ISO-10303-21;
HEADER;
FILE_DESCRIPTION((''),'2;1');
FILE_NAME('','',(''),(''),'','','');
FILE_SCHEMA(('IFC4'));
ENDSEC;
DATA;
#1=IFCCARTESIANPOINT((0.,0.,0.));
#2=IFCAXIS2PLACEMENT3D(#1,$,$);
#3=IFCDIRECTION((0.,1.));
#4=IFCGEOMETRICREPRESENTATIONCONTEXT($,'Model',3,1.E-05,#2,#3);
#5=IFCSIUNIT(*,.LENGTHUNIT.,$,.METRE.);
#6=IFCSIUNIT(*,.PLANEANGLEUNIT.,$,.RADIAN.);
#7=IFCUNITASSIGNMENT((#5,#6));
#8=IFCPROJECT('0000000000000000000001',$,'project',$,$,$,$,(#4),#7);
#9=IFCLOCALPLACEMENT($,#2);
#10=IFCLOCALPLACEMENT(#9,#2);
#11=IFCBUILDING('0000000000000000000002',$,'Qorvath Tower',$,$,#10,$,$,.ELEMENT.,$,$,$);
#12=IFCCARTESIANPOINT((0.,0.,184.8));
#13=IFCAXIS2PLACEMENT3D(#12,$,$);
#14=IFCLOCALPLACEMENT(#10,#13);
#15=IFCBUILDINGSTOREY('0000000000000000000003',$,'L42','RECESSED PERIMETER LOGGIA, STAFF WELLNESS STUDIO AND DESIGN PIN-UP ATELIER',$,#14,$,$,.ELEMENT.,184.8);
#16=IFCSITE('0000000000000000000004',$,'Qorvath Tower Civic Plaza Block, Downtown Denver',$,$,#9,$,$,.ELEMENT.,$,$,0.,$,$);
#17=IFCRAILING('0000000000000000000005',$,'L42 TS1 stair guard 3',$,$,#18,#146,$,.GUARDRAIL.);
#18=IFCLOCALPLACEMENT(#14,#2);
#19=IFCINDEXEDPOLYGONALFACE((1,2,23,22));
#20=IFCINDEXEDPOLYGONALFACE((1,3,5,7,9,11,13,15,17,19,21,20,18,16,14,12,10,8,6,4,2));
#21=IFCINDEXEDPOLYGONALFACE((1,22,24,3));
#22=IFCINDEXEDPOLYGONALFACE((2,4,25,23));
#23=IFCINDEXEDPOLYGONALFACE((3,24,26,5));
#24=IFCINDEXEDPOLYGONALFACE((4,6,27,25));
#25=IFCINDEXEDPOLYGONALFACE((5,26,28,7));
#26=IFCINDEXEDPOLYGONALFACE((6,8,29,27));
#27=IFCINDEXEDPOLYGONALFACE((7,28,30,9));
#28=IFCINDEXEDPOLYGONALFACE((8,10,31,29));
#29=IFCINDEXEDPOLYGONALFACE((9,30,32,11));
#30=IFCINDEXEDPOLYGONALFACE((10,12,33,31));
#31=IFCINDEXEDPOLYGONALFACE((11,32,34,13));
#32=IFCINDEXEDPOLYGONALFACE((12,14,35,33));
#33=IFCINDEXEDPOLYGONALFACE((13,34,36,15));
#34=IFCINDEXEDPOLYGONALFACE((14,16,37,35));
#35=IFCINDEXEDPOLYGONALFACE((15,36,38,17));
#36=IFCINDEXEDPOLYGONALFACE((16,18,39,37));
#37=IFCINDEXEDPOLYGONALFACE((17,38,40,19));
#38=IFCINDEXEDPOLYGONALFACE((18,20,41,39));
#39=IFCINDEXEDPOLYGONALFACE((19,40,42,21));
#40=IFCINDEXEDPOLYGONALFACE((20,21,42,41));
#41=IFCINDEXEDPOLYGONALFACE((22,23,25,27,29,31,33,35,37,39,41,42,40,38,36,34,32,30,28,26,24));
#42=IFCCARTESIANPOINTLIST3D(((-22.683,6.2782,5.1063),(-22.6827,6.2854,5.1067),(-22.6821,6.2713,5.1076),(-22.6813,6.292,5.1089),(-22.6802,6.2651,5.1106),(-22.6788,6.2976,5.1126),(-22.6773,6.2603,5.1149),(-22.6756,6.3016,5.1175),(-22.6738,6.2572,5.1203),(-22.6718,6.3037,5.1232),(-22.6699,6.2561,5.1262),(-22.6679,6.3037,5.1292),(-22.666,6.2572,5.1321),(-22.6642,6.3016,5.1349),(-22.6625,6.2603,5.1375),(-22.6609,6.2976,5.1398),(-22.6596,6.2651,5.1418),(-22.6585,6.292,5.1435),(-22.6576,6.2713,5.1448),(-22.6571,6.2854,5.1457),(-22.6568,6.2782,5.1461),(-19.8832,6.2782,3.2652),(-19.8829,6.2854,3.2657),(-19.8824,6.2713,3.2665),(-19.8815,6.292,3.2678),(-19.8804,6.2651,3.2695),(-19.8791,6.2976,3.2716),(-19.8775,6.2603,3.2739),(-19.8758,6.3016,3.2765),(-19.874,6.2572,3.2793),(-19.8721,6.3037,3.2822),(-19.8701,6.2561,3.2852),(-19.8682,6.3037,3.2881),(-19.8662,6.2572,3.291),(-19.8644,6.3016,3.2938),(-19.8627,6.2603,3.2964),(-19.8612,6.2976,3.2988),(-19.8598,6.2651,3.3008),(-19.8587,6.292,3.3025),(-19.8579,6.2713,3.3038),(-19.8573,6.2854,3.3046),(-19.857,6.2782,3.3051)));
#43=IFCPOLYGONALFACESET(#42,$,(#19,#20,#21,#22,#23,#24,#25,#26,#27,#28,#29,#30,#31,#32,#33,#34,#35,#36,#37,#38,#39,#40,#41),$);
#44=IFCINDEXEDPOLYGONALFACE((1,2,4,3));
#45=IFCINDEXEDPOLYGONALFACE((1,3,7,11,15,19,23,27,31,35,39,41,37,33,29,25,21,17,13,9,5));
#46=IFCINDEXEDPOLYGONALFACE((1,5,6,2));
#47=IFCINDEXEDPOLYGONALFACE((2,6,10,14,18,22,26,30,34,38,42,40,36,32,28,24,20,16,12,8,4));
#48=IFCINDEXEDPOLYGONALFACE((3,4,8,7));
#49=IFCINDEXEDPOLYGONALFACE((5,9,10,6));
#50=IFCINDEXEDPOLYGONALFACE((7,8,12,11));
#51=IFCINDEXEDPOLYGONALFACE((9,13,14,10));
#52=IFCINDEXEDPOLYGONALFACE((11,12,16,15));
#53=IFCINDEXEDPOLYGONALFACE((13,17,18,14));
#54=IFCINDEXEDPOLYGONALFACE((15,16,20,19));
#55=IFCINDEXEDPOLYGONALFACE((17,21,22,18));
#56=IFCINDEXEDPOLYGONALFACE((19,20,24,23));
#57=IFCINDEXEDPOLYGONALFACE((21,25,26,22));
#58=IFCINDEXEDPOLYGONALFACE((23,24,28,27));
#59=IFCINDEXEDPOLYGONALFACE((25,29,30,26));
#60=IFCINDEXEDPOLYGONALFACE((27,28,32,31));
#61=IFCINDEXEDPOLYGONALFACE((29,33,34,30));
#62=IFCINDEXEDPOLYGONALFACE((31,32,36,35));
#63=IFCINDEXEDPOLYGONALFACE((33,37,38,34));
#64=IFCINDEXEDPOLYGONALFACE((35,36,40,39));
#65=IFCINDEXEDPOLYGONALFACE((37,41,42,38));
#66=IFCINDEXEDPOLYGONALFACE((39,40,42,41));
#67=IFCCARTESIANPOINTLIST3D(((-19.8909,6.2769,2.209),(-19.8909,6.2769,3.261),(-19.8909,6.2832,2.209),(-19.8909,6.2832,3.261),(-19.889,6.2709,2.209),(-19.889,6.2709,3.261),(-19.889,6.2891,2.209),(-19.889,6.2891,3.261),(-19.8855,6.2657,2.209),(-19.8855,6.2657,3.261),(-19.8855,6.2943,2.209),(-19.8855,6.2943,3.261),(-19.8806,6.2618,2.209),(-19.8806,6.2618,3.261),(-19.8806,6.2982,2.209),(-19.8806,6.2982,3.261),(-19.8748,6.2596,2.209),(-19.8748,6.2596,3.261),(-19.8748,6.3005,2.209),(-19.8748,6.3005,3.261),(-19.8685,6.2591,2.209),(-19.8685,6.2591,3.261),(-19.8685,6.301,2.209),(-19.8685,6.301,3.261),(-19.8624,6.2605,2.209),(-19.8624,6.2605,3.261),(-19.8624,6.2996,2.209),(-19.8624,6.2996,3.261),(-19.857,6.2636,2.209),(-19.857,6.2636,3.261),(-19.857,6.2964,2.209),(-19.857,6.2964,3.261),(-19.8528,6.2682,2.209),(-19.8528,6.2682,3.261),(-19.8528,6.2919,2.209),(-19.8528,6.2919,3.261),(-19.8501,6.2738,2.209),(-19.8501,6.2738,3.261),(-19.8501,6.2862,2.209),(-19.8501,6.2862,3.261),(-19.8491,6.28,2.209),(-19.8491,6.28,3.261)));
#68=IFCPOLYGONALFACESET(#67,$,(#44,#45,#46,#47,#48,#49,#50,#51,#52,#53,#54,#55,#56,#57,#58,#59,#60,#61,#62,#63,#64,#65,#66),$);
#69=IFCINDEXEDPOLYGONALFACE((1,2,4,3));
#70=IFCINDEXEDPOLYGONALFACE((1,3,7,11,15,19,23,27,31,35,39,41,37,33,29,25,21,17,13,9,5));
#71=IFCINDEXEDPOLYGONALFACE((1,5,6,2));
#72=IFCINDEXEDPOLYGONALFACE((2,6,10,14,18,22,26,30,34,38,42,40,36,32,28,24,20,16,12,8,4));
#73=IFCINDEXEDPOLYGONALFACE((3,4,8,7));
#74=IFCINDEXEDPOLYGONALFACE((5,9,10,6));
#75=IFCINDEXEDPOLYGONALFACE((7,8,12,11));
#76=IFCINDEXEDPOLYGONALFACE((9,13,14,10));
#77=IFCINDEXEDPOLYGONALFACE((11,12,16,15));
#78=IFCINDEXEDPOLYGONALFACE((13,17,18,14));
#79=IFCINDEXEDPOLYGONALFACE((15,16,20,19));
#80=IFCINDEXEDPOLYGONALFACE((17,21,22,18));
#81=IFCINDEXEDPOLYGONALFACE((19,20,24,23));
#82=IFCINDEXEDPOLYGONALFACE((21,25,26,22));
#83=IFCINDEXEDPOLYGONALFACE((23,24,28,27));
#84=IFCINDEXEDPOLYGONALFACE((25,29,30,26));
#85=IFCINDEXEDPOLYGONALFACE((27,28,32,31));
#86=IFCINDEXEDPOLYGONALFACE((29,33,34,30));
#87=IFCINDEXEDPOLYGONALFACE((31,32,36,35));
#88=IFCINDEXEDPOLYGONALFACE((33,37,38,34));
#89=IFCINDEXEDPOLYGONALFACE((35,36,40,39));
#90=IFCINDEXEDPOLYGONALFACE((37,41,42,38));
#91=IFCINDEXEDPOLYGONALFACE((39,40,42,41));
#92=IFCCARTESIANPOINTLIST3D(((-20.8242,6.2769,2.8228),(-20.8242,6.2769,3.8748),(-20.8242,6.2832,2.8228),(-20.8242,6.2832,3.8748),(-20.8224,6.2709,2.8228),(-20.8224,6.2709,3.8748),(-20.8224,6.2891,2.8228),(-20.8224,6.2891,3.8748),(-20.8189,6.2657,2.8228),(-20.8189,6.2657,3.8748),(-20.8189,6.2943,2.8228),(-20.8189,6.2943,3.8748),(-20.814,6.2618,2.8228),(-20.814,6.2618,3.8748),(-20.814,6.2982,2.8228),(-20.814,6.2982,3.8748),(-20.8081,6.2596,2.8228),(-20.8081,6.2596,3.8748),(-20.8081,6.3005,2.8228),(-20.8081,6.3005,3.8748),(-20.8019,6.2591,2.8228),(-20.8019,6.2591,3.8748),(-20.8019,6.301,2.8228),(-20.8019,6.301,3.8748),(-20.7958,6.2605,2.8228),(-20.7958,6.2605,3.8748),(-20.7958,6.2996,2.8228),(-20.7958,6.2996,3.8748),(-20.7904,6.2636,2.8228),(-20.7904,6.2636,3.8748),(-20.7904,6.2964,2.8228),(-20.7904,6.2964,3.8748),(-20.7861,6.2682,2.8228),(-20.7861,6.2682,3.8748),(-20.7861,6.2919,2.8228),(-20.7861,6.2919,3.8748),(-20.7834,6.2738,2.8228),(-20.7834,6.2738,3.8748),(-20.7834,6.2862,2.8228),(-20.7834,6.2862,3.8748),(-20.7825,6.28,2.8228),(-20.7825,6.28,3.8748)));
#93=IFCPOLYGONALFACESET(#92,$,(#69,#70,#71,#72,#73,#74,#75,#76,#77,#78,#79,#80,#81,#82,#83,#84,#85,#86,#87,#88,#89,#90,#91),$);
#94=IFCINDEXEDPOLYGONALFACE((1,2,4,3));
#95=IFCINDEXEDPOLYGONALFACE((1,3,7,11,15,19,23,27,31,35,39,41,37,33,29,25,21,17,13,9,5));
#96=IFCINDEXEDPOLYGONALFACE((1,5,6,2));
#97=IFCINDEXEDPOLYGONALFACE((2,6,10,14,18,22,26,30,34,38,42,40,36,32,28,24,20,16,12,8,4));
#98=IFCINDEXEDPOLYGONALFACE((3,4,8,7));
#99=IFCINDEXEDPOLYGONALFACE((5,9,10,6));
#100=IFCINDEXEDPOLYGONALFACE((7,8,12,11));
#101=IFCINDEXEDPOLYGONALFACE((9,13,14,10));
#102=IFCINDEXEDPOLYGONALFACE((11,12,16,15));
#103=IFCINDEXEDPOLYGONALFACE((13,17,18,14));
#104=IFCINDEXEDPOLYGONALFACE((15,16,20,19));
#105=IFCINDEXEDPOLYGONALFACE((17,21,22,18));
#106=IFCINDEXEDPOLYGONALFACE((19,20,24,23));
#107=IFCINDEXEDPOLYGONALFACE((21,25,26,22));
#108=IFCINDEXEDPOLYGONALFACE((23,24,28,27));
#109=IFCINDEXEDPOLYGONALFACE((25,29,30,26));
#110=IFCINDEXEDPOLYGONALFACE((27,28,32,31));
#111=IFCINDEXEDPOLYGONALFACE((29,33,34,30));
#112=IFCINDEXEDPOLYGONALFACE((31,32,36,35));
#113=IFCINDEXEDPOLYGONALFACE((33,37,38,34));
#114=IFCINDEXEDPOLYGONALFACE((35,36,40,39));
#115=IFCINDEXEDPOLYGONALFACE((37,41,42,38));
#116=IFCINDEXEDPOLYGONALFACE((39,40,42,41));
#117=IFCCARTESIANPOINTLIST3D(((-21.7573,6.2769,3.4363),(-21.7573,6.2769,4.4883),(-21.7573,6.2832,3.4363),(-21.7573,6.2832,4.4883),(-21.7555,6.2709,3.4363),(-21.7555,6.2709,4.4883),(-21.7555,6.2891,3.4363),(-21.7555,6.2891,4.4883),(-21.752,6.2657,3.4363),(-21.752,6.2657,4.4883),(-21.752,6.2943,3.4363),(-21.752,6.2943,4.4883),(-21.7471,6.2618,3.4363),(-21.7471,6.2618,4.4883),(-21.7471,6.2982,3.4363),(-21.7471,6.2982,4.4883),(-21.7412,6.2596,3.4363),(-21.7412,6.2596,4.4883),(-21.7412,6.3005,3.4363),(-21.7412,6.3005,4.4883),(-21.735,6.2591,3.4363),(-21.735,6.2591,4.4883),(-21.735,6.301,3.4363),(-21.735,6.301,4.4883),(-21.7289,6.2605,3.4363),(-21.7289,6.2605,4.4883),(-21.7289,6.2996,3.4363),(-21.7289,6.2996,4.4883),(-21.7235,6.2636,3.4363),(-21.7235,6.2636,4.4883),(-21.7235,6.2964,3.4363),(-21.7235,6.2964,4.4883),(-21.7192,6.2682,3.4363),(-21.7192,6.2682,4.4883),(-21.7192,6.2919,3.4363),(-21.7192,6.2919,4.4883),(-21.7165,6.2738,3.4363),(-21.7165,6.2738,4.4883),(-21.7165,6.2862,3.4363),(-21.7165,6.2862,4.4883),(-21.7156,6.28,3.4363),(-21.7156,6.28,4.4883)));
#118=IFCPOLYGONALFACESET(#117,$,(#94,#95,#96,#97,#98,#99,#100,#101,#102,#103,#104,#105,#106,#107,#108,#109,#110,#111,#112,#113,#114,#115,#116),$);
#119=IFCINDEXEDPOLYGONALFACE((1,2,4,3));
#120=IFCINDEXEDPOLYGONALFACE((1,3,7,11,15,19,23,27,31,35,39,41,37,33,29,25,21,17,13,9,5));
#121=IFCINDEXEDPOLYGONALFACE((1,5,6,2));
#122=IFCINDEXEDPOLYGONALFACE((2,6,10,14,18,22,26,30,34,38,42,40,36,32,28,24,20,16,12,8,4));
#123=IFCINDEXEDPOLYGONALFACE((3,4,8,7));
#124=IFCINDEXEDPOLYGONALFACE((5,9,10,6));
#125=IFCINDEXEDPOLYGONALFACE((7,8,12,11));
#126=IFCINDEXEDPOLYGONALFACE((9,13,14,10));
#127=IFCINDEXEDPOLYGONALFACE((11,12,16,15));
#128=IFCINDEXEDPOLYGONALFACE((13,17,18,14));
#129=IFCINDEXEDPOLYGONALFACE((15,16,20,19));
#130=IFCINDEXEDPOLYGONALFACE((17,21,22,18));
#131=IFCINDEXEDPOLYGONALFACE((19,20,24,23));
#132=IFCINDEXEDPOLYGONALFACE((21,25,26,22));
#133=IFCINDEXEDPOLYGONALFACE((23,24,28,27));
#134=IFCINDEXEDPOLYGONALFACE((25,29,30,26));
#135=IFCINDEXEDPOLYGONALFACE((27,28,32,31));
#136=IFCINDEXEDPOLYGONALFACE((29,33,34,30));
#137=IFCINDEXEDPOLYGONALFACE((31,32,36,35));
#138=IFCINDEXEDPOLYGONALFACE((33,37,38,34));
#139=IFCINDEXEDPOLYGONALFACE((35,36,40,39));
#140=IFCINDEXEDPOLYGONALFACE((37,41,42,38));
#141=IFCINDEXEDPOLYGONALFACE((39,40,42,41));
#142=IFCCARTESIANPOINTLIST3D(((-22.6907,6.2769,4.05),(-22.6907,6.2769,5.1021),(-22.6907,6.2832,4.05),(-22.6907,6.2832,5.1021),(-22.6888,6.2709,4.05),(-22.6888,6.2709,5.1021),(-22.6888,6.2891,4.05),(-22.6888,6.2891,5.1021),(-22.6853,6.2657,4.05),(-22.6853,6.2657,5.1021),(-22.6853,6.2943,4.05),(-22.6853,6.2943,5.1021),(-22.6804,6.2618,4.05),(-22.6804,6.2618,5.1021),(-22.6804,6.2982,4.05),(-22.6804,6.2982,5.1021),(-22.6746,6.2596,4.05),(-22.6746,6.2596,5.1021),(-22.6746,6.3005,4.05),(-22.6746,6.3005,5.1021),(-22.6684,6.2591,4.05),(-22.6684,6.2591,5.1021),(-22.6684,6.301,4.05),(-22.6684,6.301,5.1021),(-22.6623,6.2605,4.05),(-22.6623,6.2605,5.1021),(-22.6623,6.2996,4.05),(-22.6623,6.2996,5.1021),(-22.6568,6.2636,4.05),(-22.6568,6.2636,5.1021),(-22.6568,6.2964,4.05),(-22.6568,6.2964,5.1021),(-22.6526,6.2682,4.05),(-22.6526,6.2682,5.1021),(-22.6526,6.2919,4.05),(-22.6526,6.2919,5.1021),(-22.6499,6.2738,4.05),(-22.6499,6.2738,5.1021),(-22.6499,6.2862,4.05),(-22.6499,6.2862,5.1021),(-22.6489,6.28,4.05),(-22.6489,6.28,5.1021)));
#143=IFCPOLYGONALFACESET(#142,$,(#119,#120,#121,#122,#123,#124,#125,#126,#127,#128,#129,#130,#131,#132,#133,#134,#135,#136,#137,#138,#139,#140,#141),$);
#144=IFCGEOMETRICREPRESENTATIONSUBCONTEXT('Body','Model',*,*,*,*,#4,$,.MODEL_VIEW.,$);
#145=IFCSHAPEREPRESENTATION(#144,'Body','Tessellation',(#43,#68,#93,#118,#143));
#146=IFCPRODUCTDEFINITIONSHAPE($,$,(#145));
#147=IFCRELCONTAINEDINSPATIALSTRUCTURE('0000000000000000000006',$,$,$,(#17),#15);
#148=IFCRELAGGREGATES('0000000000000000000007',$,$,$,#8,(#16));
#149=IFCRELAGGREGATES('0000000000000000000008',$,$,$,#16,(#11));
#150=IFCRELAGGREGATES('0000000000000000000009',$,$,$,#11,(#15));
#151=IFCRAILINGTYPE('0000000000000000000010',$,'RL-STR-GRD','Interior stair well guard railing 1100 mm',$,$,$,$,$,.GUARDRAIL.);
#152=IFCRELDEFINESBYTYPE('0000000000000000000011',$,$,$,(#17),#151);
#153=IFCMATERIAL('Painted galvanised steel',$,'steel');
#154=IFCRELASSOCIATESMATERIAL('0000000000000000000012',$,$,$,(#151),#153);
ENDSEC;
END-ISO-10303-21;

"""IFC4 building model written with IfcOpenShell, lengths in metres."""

from ifc_helpers import new_model, si_unit, direction, frame, origin, origin_2d, place, context, subcontext, project, spatial, circle, extrude, material, type_object, element, save


model = new_model("IFC4")

# Units and contexts
model_context = context("Model", 3, precision=1e-05, world=origin(), true_north=direction((0.0, 1.0)))
body_context = subcontext(model_context, "Body", "Model", "MODEL_VIEW")
ifc_project = project(units=[si_unit("LENGTHUNIT", "METRE"), si_unit("PLANEANGLEUNIT", "RADIAN")], contexts=[model_context])

# Site, building, storey
site_placement = place(None, origin())
site = spatial("IfcSite", under=ifc_project, at=site_placement, Name="Qorvath Tower Civic Plaza Block, Downtown Denver", CompositionType="ELEMENT", RefElevation=0.0)
building_placement = place(site_placement, origin())
building = spatial("IfcBuilding", under=site, at=building_placement, Name="Qorvath Tower", CompositionType="ELEMENT")
storey_placement = place(building_placement, frame((0.0, 0.0, 184.8)))
storey = spatial("IfcBuildingStorey", under=building, at=storey_placement, Name="L42", Description="RECESSED PERIMETER LOGGIA, STAFF WELLNESS STUDIO AND DESIGN PIN-UP ATELIER", CompositionType="ELEMENT", Elevation=184.8)

# Railing
ifc_material_1 = material(Name="Painted galvanised steel", Category="steel")
railing_type_1 = type_object("IfcRailingType", Name="RL-STR-GRD", Description="Interior stair well guard railing 1100 mm", PredefinedType="GUARDRAIL", material=ifc_material_1)
railing_1_placement = place(storey_placement, frame((-19.8701, 6.28, 2.209)))
element("IfcRailing", 1, at=railing_1_placement, inside=storey, type_object=railing_type_1, Name="L42 TS1 stair guard 3", PredefinedType="GUARDRAIL", context=body_context, shape_type="SweptSolid", body=[
    extrude(circle(Radius=0.0239, at=origin_2d()), frame((0.0, 0.0, 1.0762), z_axis=(-0.835542, 0.0, 0.549426), x_axis=(0.0, -1.0, 0.0)), (0.0, 0.0, 1.0), 3.3508),
    extrude(circle(Radius=0.021, at=origin_2d()), origin(), (0.0, 0.0, 1.0), 1.052),
    extrude(circle(Radius=0.021, at=origin_2d()), frame((-0.9333, 0.0, 0.6138)), (0.0, 0.0, 1.0), 1.052),
    extrude(circle(Radius=0.021, at=origin_2d()), frame((-1.8665, 0.0, 1.2273)), (0.0, 0.0, 1.0), 1.052),
    extrude(circle(Radius=0.021, at=origin_2d()), frame((-2.7998, 0.0, 1.8411)), (0.0, 0.0, 1.0), 1.052),
])

save(model, "model.ifc")
